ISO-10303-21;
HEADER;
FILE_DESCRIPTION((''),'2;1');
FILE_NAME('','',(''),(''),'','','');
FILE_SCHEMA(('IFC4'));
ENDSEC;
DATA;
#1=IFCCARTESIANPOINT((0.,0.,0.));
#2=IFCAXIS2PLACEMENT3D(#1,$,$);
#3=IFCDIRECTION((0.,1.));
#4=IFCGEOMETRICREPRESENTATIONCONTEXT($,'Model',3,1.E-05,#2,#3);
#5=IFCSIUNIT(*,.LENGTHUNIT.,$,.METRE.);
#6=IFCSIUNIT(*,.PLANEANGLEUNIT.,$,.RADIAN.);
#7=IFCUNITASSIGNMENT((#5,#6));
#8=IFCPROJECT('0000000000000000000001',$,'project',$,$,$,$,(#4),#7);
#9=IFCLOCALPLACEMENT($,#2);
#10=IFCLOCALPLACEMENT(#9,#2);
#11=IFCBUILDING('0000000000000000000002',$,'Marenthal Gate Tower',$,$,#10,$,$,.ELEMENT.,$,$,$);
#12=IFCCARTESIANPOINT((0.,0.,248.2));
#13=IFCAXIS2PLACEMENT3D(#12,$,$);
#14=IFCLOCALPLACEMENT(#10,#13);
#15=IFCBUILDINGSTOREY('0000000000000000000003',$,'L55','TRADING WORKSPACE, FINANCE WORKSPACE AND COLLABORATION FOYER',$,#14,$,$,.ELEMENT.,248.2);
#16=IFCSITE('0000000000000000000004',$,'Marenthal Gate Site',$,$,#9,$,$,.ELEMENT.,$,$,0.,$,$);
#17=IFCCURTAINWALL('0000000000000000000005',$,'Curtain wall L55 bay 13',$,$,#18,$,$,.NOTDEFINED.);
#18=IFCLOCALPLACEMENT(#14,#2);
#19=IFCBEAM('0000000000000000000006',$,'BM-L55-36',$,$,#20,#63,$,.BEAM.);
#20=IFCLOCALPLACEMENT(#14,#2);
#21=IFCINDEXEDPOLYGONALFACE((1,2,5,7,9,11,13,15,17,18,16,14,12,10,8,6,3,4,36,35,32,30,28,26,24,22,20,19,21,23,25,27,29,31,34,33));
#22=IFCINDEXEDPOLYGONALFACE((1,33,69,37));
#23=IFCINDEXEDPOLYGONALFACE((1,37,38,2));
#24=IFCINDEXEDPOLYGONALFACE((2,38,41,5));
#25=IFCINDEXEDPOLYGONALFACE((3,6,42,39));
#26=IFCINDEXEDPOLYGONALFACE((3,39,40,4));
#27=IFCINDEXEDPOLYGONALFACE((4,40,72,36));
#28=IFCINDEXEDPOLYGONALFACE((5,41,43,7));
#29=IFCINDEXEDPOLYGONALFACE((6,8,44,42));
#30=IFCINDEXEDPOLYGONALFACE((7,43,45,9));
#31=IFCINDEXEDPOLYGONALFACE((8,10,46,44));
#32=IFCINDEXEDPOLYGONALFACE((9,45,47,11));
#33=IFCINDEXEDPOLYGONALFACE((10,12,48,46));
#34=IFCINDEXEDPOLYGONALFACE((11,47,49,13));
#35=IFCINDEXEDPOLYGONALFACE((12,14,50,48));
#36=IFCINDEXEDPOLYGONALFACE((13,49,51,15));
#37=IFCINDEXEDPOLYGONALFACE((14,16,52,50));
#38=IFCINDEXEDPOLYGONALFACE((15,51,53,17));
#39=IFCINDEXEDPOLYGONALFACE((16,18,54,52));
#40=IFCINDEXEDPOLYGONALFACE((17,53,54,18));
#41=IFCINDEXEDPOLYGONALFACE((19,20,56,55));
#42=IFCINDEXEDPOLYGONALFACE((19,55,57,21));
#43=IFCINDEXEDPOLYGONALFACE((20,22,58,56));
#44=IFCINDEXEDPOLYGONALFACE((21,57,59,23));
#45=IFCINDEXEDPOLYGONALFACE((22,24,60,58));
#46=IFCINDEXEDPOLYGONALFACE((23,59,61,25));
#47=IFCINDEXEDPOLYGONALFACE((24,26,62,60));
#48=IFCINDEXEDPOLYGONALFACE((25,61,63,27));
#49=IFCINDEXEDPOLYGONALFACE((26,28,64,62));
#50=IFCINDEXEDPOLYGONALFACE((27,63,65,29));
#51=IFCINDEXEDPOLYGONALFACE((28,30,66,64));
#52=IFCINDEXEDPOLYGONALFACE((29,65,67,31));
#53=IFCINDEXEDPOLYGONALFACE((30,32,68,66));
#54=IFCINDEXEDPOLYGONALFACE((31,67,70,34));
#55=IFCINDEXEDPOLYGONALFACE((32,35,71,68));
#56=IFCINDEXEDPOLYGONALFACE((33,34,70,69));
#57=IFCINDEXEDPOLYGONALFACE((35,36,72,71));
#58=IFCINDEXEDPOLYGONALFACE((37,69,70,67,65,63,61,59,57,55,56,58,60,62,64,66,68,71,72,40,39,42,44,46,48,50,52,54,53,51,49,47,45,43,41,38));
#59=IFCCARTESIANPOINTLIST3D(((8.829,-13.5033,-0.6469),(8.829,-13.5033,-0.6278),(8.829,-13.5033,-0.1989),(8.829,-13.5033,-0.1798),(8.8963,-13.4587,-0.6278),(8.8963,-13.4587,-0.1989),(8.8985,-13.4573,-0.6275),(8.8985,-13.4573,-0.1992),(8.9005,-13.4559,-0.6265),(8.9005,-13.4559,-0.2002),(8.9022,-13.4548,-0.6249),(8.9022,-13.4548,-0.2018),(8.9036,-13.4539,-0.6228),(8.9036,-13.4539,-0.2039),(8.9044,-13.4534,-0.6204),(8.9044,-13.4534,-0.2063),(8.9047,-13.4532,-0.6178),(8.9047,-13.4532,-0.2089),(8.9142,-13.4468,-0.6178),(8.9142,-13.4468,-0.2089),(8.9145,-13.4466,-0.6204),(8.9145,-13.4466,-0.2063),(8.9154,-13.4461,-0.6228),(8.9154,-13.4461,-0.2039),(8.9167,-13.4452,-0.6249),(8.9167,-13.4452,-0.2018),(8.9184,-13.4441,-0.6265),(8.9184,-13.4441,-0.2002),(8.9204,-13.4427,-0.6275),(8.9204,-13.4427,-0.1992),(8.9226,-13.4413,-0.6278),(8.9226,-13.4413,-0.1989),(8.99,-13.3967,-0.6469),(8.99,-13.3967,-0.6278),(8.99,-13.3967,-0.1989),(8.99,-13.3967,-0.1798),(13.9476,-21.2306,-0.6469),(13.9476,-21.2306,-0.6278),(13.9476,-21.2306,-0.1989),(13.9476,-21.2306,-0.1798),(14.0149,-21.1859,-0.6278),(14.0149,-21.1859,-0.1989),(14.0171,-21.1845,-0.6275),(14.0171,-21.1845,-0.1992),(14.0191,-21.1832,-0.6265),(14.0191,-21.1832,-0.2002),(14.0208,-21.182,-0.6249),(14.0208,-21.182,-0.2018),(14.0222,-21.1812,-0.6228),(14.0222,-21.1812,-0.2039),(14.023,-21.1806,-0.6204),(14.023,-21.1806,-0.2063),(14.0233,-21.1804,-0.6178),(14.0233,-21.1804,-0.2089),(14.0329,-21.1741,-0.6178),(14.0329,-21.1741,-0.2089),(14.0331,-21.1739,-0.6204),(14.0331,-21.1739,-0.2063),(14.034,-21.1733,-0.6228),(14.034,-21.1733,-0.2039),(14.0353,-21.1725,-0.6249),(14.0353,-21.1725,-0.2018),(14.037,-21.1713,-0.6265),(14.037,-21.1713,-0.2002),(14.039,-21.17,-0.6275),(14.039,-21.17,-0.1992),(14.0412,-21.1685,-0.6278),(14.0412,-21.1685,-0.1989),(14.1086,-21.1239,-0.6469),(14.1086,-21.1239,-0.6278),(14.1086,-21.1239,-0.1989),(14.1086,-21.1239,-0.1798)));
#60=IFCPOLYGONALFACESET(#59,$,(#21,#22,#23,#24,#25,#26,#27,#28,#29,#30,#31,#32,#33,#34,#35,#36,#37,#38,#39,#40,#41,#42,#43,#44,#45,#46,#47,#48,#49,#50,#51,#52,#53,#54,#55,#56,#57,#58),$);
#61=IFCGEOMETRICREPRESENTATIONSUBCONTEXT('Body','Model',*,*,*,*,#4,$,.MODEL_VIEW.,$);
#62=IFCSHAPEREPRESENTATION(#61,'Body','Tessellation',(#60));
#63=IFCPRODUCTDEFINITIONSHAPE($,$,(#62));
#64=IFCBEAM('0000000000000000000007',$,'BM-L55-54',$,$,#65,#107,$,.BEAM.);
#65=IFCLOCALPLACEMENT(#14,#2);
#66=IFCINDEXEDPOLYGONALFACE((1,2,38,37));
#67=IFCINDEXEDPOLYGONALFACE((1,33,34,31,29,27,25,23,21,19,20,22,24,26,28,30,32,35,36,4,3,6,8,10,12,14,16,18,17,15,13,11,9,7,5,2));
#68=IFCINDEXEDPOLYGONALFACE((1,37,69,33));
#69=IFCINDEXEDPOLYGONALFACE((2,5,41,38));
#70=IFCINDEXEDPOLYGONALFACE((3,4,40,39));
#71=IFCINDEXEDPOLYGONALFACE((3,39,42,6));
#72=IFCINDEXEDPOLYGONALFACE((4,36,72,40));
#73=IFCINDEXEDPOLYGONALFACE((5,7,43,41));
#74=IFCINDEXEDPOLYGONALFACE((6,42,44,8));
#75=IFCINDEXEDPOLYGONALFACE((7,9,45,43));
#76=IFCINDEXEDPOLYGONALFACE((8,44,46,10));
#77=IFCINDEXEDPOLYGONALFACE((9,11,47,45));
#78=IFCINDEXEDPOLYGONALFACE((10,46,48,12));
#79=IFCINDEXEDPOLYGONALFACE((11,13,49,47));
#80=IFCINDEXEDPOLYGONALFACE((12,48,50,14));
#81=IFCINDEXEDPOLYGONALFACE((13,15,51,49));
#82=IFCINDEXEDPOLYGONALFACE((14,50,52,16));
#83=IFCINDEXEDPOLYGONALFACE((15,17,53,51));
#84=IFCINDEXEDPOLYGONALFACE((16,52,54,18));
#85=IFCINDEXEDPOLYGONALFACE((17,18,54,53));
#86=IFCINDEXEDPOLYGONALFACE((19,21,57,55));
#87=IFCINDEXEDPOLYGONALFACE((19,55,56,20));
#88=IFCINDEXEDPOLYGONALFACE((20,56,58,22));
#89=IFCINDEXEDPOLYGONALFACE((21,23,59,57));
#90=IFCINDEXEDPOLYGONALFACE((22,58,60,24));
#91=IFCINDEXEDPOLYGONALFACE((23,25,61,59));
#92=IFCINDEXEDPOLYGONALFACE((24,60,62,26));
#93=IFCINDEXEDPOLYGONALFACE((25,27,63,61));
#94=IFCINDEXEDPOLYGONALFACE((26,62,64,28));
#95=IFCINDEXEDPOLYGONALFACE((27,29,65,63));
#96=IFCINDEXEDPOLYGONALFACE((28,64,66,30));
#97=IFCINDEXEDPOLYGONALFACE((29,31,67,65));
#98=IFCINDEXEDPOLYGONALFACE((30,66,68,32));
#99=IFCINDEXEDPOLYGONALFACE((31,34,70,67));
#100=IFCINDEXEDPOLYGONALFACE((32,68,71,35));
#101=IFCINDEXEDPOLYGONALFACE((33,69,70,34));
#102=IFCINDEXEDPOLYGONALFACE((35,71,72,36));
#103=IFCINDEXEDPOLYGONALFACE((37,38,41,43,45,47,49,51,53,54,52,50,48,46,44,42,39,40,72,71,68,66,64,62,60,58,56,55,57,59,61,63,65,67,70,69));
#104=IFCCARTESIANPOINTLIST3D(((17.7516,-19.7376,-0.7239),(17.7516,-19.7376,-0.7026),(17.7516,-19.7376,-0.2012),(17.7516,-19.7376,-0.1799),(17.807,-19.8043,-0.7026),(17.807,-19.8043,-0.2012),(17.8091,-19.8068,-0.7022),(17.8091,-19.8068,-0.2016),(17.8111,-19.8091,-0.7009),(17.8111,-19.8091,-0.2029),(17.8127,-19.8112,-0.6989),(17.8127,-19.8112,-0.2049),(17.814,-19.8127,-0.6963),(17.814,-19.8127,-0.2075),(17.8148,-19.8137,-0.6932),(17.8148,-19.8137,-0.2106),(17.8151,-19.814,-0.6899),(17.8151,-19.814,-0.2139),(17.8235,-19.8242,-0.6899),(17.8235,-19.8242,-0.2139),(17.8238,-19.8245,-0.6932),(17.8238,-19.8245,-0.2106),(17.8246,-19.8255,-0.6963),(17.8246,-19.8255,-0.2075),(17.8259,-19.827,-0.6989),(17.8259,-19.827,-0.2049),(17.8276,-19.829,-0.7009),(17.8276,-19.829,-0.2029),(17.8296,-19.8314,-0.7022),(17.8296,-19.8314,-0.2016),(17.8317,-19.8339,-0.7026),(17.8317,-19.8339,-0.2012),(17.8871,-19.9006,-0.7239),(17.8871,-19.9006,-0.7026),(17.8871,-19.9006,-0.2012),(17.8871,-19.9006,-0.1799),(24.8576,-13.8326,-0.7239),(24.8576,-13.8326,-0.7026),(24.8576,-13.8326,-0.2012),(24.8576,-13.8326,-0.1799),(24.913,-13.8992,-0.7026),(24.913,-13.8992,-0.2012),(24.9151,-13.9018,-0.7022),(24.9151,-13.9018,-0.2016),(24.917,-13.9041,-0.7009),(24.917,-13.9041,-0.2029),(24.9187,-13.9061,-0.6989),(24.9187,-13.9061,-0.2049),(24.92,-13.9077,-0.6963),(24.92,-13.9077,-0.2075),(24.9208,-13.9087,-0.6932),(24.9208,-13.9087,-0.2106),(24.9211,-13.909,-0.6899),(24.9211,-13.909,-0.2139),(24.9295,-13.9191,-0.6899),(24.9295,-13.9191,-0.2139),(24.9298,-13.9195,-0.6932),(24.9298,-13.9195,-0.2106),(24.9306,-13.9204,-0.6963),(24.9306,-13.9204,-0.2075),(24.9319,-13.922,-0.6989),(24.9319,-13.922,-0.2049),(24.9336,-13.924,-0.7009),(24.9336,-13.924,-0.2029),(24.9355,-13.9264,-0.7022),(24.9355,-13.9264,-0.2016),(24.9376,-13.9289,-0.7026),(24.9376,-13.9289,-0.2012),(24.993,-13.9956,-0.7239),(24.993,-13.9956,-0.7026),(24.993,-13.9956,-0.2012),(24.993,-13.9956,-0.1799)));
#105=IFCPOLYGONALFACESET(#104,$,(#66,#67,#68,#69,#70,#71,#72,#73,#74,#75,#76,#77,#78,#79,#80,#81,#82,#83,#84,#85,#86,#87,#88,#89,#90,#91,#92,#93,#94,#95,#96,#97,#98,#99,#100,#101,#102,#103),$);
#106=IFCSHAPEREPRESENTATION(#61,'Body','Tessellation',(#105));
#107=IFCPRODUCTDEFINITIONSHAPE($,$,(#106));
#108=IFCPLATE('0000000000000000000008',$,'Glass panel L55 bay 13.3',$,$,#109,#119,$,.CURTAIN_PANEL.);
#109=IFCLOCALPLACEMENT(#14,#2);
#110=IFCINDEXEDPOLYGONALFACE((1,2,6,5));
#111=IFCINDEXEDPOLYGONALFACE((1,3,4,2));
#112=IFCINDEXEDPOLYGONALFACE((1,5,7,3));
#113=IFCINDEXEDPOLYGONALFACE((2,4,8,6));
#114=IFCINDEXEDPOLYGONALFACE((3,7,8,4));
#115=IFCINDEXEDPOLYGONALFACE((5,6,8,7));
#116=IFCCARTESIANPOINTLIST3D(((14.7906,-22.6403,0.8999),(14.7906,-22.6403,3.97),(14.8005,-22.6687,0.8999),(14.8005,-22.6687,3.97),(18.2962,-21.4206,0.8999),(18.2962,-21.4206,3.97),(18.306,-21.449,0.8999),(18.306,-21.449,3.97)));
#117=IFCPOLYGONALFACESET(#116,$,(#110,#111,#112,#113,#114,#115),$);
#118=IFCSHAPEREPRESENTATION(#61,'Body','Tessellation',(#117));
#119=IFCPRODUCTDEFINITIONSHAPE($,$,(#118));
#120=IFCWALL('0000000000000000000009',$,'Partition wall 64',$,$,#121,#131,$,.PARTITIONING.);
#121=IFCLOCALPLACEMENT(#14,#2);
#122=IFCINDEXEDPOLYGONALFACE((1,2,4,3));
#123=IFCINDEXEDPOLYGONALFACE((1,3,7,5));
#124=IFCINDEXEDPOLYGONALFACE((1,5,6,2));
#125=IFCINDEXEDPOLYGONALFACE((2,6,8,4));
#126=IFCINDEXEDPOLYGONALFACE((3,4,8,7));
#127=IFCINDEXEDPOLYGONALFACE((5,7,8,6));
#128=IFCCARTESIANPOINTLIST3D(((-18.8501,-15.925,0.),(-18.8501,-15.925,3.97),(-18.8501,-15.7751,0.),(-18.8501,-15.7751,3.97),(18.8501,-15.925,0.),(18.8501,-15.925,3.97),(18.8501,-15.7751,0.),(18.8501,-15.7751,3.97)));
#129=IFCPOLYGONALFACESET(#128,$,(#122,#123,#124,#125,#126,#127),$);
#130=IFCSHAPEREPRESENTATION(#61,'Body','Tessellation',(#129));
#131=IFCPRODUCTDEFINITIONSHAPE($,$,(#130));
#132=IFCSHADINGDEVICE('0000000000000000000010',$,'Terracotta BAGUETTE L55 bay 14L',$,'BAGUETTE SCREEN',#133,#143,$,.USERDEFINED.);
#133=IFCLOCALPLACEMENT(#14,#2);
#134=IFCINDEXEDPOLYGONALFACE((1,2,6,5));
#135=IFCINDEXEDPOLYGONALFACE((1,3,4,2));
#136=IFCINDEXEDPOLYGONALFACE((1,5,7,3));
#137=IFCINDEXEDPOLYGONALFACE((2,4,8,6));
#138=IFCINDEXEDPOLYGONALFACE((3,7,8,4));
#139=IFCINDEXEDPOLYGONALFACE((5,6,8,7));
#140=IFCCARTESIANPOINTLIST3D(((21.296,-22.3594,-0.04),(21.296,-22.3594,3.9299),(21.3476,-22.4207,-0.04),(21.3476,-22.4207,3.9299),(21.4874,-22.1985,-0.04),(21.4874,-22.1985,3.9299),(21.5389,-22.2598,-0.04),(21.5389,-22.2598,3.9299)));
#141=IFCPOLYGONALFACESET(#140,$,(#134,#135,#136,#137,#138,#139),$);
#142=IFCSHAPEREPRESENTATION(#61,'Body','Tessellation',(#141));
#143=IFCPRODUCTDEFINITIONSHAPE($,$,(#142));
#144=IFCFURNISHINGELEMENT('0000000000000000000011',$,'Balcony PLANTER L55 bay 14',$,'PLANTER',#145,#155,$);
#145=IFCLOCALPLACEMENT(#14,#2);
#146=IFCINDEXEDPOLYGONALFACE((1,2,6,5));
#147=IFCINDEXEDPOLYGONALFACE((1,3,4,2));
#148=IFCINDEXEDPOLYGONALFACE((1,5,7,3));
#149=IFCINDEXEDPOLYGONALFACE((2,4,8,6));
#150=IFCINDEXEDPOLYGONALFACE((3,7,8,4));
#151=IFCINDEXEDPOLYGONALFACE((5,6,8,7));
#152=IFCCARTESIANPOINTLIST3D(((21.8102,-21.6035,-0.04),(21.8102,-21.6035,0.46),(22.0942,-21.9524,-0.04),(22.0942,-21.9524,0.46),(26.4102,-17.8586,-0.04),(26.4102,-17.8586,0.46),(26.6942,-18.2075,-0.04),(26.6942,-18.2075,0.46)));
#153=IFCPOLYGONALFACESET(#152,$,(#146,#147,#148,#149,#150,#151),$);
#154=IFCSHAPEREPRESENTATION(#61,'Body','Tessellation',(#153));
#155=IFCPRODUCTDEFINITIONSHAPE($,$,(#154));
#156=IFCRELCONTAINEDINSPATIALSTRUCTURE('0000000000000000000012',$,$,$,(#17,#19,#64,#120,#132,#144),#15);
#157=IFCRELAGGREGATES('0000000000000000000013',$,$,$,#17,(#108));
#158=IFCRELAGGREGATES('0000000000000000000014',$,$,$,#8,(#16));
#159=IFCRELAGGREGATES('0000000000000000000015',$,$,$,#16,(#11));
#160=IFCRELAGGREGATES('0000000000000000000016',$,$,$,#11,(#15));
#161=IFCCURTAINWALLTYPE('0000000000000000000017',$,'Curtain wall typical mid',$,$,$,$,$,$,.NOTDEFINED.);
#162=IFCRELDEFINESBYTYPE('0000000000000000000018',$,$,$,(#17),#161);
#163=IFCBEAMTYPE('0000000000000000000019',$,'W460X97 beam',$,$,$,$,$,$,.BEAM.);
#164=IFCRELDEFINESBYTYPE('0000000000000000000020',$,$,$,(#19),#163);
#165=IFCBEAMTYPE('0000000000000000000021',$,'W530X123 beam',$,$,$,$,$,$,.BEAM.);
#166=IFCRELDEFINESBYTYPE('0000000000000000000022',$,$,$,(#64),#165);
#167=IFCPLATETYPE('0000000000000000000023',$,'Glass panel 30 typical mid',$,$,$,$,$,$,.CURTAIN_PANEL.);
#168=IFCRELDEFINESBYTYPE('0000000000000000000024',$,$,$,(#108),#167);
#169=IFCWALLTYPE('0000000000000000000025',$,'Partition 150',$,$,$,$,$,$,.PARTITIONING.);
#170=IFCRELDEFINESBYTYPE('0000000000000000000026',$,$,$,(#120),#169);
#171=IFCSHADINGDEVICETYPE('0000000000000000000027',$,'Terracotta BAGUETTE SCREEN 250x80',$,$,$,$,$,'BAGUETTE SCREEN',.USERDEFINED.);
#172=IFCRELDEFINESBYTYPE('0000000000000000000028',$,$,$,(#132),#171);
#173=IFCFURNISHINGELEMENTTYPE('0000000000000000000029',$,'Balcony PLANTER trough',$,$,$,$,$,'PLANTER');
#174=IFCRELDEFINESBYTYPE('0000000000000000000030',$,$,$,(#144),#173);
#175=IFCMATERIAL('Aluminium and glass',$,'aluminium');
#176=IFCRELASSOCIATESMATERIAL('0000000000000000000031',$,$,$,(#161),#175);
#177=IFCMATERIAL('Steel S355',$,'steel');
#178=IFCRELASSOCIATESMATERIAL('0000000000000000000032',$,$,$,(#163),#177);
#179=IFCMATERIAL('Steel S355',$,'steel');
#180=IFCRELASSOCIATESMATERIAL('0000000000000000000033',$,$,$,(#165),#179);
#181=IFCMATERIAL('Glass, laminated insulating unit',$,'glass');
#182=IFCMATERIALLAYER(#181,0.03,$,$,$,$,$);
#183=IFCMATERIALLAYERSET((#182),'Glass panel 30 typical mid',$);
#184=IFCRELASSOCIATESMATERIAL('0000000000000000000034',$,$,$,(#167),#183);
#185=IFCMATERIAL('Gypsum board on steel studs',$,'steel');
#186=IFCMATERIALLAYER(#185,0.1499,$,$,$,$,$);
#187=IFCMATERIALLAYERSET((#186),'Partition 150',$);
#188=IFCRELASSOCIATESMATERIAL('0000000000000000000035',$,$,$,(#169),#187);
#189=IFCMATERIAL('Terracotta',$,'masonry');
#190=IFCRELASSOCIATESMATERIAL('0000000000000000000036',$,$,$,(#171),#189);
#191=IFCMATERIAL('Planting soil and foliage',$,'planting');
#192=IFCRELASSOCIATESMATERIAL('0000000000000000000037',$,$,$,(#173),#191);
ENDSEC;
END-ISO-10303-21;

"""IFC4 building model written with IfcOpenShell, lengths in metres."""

from ifc_helpers import new_model, si_unit, direction, frame, frame_2d, origin, origin_2d, place, context, subcontext, project, spatial, rectangle, i_section, extrude, material, layer, layer_set, material_profile, profile_set, type_object, element, aggregate, save


model = new_model("IFC4")

# Units and contexts
model_context = context("Model", 3, precision=1e-05, world=origin(), true_north=direction((0.0, 1.0)))
body_context = subcontext(model_context, "Body", "Model", "MODEL_VIEW")
ifc_project = project(units=[si_unit("LENGTHUNIT", "METRE"), si_unit("PLANEANGLEUNIT", "RADIAN")], contexts=[model_context])

# Site, building, storey
site_placement = place(None, origin())
site = spatial("IfcSite", under=ifc_project, at=site_placement, Name="Marenthal Gate Site", CompositionType="ELEMENT", RefElevation=0.0)
building_placement = place(site_placement, origin())
building = spatial("IfcBuilding", under=site, at=building_placement, Name="Marenthal Gate Tower", CompositionType="ELEMENT")
storey_placement = place(building_placement, frame((0.0, 0.0, 248.2)))
storey = spatial("IfcBuildingStorey", under=building, at=storey_placement, Name="L55", Description="TRADING WORKSPACE, FINANCE WORKSPACE AND COLLABORATION FOYER", CompositionType="ELEMENT", Elevation=248.2)

# Curtain wall
ifc_material_1 = material(Name="Aluminium and glass", Category="aluminium")
curtain_wall_type = type_object("IfcCurtainWallType", Name="Curtain wall typical mid", PredefinedType="NOTDEFINED", material=ifc_material_1)
curtain_wall_1_placement = place(storey_placement, origin())
curtain_wall_1 = element("IfcCurtainWall", 1, at=curtain_wall_1_placement, inside=storey, type_object=curtain_wall_type, Name="Curtain wall L55 bay 13", PredefinedType="NOTDEFINED")

# Beams
ifc_material_2 = material(Name="Steel S355", Category="steel")
ifc_material_profile_1 = material_profile(ifc_material_2, i_section(OverallWidth=0.1931, OverallDepth=0.467, WebThickness=0.0115, FlangeThickness=0.019, FilletRadius=0.01, at=origin_2d()), Name="W460X97")
ifc_profile_set_1 = profile_set([ifc_material_profile_1], Name="Steel S355")
beam_type_1 = type_object("IfcBeamType", Name="W460X97 beam", PredefinedType="BEAM", material=ifc_profile_set_1)
beam_1_placement = place(storey_placement, frame((14.0281, -21.1772, -0.4133), z_axis=(-0.552242, 0.833684, 0.0), x_axis=(-0.833684, -0.552242, 0.0)))
element("IfcBeam", 2, at=beam_1_placement, inside=storey, type_object=beam_type_1, Name="BM-L55-36", PredefinedType="BEAM", context=body_context, shape_type="SweptSolid", body=[
    extrude(i_section(OverallWidth=0.1931, OverallDepth=0.467, WebThickness=0.0115, FlangeThickness=0.019, FilletRadius=0.01, at=origin_2d()), origin(), (0.0, 0.0, 1.0), 9.2688),
])
ifc_material_3 = material(Name="Steel S355", Category="steel")
ifc_material_profile_2 = material_profile(ifc_material_3, i_section(OverallWidth=0.2119, OverallDepth=0.5439, WebThickness=0.0132, FlangeThickness=0.0212, FilletRadius=0.0127, at=origin_2d()), Name="W530X123")
ifc_profile_set_2 = profile_set([ifc_material_profile_2], Name="Steel S355")
beam_type_2 = type_object("IfcBeamType", Name="W530X123 beam", PredefinedType="BEAM", material=ifc_profile_set_2)
beam_2_placement = place(storey_placement, frame((17.8193, -19.8191, -0.4519), z_axis=(0.769104, 0.639123, 0.0), x_axis=(-0.639123, 0.769104, 0.0)))
element("IfcBeam", 3, at=beam_2_placement, inside=storey, type_object=beam_type_2, Name="BM-L55-54", PredefinedType="BEAM", context=body_context, shape_type="SweptSolid", body=[
    extrude(i_section(OverallWidth=0.2119, OverallDepth=0.5439, WebThickness=0.0132, FlangeThickness=0.0212, FilletRadius=0.0127, at=origin_2d()), origin(), (0.0, 0.0, 1.0), 9.2393),
])

# Plate
ifc_material_4 = material(Name="Glass, laminated insulating unit", Category="glass")
ifc_layer_1 = layer(ifc_material_4, 0.03)
ifc_layer_set_1 = layer_set([ifc_layer_1], Name="Glass panel 30 typical mid")
plate_type = type_object("IfcPlateType", Name="Glass panel 30 typical mid", PredefinedType="CURTAIN_PANEL", material=ifc_layer_set_1)
plate_placement = place(storey_placement, frame((16.5483, -22.0447, 0.8999), z_axis=(0.0, 0.0, 1.0), x_axis=(0.944465, 0.328612, 0.0)))
plate = element("IfcPlate", 4, at=plate_placement, type_object=plate_type, Name="Glass panel L55 bay 13.3", PredefinedType="CURTAIN_PANEL", context=body_context, shape_type="SweptSolid", body=[
    extrude(rectangle(XDim=3.7117, YDim=0.03, at=origin_2d()), origin(), (0.0, 0.0, 1.0), 3.0701),
])
aggregate(curtain_wall_1, [plate])

# Wall
ifc_material_5 = material(Name="Gypsum board on steel studs", Category="steel")
ifc_layer_2 = layer(ifc_material_5, 0.1499)
ifc_layer_set_2 = layer_set([ifc_layer_2], Name="Partition 150")
wall_type_1 = type_object("IfcWallType", Name="Partition 150", PredefinedType="PARTITIONING", material=ifc_layer_set_2)
wall_1_placement = place(storey_placement, frame((18.8501, -15.8501, 0.0), z_axis=(0.0, 0.0, 1.0), x_axis=(-1.0, 0.0, 0.0)))
element("IfcWall", 5, at=wall_1_placement, inside=storey, type_object=wall_type_1, Name="Partition wall 64", PredefinedType="PARTITIONING", context=body_context, shape_type="SweptSolid", body=[
    extrude(rectangle(XDim=37.7002, YDim=0.1499, at=frame_2d((18.8501, 0.0))), origin(), (0.0, 0.0, 1.0), 3.97),
])

# Shading device
ifc_material_6 = material(Name="Terracotta", Category="masonry")
ifc_material_profile_3 = material_profile(ifc_material_6, rectangle(XDim=0.25, YDim=0.0801, at=origin_2d()), Name="Terracotta baguette 250x80")
ifc_profile_set_3 = profile_set([ifc_material_profile_3], Name="Terracotta")
shading_device_type = type_object("IfcShadingDeviceType", Name="Terracotta BAGUETTE SCREEN 250x80", ElementType="BAGUETTE SCREEN", PredefinedType="USERDEFINED", material=ifc_profile_set_3)
shading_device_placement = place(storey_placement, frame((21.4175, -22.3096, -0.04), z_axis=(0.0, 0.0, 1.0), x_axis=(0.765398, 0.643557, 0.0)))
element("IfcShadingDevice", 6, at=shading_device_placement, inside=storey, type_object=shading_device_type, Name="Terracotta BAGUETTE L55 bay 14L", ObjectType="BAGUETTE SCREEN", PredefinedType="USERDEFINED", context=body_context, shape_type="SweptSolid", body=[
    extrude(rectangle(XDim=0.25, YDim=0.0801, at=origin_2d()), origin(), (0.0, 0.0, 1.0), 3.97),
])

# Furnishing element
ifc_material_7 = material(Name="Planting soil and foliage", Category="planting")
furnishing_element_type = type_object("IfcFurnishingElementType", Name="Balcony PLANTER trough", ElementType="PLANTER", material=ifc_material_7)
furnishing_placement = place(storey_placement, frame((24.2522, -19.9055, -0.04), z_axis=(0.0, 0.0, 1.0), x_axis=(0.775505, 0.631342, 0.0)))
element("IfcFurnishingElement", 7, at=furnishing_placement, inside=storey, type_object=furnishing_element_type, Name="Balcony PLANTER L55 bay 14", ObjectType="PLANTER", context=body_context, shape_type="SweptSolid", body=[
    extrude(rectangle(XDim=5.9316, YDim=0.45, at=origin_2d()), origin(), (0.0, 0.0, 1.0), 0.5),
])

save(model, "model.ifc")
